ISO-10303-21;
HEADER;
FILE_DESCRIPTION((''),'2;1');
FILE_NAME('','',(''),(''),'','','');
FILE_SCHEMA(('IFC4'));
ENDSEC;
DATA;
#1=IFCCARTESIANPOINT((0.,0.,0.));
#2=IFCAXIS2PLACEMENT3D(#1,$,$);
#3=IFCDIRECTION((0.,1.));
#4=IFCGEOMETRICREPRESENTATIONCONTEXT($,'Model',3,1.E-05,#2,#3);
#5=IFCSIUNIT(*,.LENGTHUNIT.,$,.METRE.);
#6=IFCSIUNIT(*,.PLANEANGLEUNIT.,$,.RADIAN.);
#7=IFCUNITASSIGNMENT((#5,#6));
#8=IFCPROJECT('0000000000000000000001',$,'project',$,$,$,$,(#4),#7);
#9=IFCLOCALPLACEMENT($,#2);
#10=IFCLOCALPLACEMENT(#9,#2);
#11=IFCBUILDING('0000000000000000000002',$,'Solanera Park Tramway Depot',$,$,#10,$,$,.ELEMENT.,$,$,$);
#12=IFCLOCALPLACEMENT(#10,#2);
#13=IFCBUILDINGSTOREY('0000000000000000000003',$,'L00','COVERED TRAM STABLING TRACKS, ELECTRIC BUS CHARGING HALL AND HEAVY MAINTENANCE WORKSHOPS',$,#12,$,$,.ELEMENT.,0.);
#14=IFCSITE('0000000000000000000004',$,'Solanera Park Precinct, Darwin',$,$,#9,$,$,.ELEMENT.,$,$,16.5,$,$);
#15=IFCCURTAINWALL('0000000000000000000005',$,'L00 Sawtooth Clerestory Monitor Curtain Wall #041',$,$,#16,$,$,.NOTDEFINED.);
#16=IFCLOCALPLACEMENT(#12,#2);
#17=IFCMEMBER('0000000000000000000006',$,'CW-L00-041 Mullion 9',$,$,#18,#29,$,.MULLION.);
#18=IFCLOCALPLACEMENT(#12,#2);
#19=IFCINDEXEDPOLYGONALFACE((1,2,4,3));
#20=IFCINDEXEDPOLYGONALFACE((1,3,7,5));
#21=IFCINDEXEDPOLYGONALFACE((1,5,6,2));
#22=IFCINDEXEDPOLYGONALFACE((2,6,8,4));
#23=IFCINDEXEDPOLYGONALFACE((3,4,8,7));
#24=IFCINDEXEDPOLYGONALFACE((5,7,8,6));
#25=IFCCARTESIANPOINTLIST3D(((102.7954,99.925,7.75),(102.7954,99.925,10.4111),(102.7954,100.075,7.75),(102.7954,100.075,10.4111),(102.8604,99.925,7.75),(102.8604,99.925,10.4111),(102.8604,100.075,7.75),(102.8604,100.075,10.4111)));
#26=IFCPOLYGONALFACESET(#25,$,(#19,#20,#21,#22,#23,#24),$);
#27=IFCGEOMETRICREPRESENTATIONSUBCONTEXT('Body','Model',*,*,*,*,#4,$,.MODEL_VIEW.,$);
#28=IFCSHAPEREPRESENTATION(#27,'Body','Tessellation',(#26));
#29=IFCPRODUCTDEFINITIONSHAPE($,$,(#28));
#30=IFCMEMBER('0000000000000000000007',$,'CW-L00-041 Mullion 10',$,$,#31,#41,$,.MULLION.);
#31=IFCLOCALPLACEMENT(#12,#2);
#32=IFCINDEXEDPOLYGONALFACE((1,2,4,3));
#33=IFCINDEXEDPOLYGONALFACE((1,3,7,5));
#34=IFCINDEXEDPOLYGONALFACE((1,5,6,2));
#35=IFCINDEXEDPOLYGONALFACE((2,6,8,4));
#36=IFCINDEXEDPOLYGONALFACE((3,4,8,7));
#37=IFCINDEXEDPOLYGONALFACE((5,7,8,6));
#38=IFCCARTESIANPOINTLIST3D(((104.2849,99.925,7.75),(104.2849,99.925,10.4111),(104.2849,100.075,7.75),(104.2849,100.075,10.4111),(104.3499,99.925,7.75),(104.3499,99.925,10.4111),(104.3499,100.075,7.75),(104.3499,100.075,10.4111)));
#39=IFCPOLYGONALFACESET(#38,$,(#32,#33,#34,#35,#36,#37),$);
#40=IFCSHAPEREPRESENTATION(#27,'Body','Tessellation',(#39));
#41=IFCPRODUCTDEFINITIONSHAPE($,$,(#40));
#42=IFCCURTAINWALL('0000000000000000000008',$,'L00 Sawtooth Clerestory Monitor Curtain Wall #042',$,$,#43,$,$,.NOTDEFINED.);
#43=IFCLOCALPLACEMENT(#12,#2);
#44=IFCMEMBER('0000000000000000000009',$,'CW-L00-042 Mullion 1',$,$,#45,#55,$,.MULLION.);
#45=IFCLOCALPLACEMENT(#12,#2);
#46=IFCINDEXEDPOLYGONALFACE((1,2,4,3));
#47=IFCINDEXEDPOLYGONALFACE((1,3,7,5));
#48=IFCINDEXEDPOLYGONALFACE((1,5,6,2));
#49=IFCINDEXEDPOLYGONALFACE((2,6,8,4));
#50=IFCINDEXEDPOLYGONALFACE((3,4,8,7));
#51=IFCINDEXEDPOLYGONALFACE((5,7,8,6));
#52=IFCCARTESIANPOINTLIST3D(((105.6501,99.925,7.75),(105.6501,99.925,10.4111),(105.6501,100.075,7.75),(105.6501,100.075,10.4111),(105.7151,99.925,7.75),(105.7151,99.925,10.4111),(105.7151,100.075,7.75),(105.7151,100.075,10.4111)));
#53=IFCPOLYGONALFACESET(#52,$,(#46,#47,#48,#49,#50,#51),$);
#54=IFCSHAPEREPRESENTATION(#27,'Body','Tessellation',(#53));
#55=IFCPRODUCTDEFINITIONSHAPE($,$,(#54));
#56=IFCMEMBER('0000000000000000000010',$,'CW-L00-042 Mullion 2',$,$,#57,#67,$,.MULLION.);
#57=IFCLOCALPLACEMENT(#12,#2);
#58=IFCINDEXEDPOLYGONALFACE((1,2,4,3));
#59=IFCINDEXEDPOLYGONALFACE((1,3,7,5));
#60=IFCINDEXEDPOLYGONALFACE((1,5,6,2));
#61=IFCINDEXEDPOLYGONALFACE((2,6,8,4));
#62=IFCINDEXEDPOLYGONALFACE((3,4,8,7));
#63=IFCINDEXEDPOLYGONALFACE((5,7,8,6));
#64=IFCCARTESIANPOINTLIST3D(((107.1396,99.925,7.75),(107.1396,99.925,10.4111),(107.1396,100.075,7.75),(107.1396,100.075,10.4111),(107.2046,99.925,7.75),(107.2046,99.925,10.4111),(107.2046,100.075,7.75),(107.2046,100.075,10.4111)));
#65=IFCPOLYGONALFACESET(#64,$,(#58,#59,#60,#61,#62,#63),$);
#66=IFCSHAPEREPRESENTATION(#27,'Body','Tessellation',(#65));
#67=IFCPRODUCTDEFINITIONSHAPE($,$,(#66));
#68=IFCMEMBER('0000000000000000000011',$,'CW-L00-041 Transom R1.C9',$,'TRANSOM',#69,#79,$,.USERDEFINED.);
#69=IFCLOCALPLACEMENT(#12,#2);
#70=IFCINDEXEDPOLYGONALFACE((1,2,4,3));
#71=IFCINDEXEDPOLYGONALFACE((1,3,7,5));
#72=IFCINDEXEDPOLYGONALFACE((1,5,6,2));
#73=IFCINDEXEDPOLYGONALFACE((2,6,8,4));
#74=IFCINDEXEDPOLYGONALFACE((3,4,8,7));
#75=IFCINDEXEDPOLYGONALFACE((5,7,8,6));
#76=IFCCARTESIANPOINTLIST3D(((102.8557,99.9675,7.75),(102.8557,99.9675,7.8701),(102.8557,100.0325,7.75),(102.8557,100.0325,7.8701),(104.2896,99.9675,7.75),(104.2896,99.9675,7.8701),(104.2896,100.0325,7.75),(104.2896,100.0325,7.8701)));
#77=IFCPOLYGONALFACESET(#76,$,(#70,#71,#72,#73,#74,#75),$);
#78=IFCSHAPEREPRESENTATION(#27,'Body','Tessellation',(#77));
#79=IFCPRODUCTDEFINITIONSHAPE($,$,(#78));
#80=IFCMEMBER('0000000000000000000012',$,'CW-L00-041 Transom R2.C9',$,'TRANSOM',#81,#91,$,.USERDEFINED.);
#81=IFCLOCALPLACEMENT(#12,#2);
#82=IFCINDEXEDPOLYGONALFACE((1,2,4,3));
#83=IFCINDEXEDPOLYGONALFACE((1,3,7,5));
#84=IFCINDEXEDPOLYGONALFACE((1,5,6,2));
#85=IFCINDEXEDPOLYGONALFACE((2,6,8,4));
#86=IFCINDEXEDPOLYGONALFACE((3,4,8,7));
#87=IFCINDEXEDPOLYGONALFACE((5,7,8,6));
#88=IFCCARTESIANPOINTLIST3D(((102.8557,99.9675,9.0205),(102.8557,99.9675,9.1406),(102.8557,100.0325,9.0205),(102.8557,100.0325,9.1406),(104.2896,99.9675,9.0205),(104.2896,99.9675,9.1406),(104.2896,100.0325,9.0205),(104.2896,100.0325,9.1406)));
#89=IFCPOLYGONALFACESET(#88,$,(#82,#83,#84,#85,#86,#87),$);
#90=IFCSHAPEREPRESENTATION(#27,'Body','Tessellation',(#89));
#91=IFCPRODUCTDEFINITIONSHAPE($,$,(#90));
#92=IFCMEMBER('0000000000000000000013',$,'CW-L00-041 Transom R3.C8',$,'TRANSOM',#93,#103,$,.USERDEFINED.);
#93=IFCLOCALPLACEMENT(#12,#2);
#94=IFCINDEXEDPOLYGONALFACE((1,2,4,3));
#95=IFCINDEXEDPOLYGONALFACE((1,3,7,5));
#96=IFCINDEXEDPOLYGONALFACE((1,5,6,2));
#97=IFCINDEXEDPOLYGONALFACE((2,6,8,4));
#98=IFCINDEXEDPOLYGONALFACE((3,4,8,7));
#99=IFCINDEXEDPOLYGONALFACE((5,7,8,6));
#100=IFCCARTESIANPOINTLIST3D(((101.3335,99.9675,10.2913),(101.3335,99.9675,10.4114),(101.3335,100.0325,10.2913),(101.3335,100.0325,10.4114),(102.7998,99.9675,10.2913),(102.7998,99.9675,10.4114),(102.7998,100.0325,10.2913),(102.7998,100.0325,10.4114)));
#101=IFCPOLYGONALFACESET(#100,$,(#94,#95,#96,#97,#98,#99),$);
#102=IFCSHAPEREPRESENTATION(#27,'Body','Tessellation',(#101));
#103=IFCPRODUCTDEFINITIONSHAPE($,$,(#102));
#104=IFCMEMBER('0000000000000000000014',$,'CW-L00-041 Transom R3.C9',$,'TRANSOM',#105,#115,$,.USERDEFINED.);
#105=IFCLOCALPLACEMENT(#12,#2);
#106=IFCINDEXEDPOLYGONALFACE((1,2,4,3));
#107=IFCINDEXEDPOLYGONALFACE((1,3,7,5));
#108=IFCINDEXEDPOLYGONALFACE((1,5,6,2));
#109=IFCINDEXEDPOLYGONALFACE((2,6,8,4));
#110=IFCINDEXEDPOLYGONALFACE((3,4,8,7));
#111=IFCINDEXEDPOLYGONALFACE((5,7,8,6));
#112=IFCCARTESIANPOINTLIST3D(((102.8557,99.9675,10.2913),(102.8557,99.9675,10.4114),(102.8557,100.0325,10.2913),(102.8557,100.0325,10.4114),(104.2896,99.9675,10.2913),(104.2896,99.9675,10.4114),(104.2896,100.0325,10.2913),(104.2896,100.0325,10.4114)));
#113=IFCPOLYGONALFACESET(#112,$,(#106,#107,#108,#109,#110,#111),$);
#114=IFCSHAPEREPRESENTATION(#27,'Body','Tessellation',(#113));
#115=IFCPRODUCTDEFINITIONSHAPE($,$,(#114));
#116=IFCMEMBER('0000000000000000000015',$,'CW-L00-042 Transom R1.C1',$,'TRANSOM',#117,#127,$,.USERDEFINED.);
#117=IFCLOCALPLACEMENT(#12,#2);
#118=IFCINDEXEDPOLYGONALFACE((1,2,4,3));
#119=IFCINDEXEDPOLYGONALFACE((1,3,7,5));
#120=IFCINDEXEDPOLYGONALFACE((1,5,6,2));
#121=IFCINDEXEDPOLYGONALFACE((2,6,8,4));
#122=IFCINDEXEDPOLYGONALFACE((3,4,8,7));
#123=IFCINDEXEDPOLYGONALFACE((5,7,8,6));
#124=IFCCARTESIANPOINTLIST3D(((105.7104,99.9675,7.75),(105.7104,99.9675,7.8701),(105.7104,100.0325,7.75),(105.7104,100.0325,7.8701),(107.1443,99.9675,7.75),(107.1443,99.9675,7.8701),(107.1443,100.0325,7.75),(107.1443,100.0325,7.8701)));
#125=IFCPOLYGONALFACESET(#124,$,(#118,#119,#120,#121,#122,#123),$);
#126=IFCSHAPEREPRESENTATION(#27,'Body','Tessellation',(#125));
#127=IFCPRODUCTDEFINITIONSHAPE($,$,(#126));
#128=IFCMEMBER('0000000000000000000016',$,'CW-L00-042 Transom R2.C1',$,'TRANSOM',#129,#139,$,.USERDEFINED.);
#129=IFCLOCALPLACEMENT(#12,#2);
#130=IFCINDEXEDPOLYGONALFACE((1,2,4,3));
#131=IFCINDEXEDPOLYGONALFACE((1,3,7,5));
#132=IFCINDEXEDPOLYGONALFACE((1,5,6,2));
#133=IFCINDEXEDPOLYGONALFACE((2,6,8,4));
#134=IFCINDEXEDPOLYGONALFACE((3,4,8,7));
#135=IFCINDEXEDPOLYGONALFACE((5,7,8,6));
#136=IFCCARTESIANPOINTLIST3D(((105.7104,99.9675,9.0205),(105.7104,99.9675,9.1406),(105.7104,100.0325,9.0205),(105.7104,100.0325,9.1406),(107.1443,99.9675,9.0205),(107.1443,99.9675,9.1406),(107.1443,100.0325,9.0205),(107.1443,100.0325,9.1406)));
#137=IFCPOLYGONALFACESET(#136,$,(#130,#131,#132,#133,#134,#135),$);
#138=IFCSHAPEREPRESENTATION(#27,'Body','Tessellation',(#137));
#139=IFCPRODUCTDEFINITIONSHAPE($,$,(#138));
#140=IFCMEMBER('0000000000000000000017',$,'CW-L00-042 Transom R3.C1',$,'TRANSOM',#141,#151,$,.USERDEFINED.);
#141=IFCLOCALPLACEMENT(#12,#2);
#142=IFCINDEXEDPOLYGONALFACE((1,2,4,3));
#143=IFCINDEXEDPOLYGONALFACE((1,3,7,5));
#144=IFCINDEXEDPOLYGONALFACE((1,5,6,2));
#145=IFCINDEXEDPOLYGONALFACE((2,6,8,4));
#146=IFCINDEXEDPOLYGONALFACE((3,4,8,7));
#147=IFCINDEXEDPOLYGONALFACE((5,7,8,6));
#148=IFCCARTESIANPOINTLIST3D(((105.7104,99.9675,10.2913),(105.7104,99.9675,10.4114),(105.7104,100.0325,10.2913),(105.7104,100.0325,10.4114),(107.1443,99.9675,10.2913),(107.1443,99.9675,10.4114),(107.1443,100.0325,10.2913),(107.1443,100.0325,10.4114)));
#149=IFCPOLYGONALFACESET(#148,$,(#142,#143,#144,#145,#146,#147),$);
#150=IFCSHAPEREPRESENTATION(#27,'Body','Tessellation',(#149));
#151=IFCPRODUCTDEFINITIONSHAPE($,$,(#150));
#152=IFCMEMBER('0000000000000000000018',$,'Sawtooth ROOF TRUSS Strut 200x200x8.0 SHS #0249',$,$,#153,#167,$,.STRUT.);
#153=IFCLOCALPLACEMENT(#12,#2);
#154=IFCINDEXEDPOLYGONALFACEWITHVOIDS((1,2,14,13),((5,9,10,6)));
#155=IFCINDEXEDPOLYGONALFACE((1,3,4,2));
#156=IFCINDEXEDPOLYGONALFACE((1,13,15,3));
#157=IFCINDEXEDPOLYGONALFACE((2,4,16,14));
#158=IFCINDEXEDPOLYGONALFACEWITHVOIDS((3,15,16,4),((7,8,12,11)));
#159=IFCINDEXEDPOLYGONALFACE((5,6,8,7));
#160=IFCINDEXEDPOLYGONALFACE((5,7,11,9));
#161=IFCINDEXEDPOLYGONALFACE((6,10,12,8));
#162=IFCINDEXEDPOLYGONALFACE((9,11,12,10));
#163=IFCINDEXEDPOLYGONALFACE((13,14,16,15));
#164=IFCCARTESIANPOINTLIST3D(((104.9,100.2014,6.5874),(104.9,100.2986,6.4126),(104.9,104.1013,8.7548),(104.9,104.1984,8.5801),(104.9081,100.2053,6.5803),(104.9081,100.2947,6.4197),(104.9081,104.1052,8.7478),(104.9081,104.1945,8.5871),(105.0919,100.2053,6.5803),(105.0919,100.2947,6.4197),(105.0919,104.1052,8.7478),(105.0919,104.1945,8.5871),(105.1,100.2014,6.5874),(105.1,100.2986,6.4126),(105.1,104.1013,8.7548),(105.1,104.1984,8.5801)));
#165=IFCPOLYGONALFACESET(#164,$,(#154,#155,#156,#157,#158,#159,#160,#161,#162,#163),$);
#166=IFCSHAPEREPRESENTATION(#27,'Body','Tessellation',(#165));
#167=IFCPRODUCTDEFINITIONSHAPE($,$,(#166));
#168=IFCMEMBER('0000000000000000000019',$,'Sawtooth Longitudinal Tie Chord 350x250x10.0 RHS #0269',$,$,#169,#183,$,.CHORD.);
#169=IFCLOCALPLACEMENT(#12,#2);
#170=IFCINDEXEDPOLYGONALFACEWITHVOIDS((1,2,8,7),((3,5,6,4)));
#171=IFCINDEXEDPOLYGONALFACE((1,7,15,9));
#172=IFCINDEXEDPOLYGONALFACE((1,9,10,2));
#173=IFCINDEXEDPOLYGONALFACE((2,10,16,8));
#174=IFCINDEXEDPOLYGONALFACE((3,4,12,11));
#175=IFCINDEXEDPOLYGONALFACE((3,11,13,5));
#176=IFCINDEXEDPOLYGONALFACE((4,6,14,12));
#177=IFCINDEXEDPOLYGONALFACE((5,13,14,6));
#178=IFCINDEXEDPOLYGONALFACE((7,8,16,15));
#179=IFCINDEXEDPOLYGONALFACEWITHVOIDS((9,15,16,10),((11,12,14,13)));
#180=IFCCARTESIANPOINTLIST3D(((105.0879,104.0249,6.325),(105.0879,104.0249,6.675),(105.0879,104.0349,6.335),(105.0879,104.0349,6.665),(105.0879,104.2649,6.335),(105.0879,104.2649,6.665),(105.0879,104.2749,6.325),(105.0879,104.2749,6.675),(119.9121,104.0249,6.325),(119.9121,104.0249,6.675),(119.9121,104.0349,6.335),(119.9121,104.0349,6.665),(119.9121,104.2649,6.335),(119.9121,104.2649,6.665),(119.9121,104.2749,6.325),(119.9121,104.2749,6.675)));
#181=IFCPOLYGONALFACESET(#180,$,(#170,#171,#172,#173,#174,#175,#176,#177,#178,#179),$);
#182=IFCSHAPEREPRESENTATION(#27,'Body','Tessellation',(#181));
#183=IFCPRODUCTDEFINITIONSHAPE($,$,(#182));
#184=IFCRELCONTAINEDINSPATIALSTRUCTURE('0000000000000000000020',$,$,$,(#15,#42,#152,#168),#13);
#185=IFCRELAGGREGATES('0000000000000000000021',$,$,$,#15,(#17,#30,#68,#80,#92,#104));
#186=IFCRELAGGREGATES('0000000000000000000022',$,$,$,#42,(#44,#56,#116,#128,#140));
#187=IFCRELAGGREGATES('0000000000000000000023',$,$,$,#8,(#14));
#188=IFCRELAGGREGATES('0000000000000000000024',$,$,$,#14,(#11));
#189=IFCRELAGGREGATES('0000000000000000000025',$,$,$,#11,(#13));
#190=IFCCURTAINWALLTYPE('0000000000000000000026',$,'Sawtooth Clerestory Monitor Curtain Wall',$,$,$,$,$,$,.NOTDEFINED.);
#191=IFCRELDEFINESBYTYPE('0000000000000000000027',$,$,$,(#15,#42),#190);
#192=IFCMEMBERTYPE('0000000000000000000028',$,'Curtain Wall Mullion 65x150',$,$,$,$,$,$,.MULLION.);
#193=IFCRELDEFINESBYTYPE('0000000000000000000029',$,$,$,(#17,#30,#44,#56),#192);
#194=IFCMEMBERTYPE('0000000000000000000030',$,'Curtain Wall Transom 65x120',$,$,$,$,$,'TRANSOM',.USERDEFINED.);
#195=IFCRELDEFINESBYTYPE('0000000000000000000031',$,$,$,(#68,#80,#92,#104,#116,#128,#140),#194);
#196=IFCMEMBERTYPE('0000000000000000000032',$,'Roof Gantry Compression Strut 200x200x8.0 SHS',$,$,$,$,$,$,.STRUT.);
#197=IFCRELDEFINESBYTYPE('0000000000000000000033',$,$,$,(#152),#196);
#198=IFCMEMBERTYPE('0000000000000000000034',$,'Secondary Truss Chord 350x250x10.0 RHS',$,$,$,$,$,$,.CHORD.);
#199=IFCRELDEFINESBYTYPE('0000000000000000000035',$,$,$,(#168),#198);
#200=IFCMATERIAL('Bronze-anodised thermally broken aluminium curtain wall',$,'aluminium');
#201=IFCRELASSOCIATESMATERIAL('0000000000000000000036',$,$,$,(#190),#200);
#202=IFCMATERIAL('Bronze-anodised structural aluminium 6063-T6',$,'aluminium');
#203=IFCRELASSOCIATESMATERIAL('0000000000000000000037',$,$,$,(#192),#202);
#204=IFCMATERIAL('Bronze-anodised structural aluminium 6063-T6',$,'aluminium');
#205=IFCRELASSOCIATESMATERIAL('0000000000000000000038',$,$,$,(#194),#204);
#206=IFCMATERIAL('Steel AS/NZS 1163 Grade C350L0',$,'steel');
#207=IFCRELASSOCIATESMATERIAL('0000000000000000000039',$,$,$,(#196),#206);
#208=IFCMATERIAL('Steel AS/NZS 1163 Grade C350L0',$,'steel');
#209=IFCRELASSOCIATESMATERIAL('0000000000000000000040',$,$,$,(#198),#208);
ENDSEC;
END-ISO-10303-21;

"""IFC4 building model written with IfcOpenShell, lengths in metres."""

from ifc_helpers import new_model, si_unit, direction, frame, origin, origin_2d, place, context, subcontext, project, spatial, rectangle, hollow_rectangle, extrude, material, material_profile, profile_set, type_object, element, aggregate, save


model = new_model("IFC4")

# Units and contexts
model_context = context("Model", 3, precision=1e-05, world=origin(), true_north=direction((0.0, 1.0)))
body_context = subcontext(model_context, "Body", "Model", "MODEL_VIEW")
ifc_project = project(units=[si_unit("LENGTHUNIT", "METRE"), si_unit("PLANEANGLEUNIT", "RADIAN")], contexts=[model_context])

# Site, building, storey
site_placement = place(None, origin())
site = spatial("IfcSite", under=ifc_project, at=site_placement, Name="Solanera Park Precinct, Darwin", CompositionType="ELEMENT", RefElevation=16.5)
building_placement = place(site_placement, origin())
building = spatial("IfcBuilding", under=site, at=building_placement, Name="Solanera Park Tramway Depot", CompositionType="ELEMENT")
storey_placement = place(building_placement, origin())
storey = spatial("IfcBuildingStorey", under=building, at=storey_placement, Name="L00", Description="COVERED TRAM STABLING TRACKS, ELECTRIC BUS CHARGING HALL AND HEAVY MAINTENANCE WORKSHOPS", CompositionType="ELEMENT", Elevation=0.0)

# Curtain walls, members
ifc_material_1 = material(Name="Bronze-anodised thermally broken aluminium curtain wall", Category="aluminium")
curtain_wall_type = type_object("IfcCurtainWallType", Name="Sawtooth Clerestory Monitor Curtain Wall", PredefinedType="NOTDEFINED", material=ifc_material_1)
curtain_wall_1_placement = place(storey_placement, origin())
curtain_wall_1 = element("IfcCurtainWall", 1, at=curtain_wall_1_placement, inside=storey, type_object=curtain_wall_type, Name="L00 Sawtooth Clerestory Monitor Curtain Wall #041", PredefinedType="NOTDEFINED")
ifc_material_2 = material(Name="Bronze-anodised structural aluminium 6063-T6", Category="aluminium")
ifc_material_profile_1 = material_profile(ifc_material_2, rectangle(XDim=0.0649, YDim=0.1499, at=origin_2d()), Name="Curtain Wall Mullion 65x150")
ifc_profile_set_1 = profile_set([ifc_material_profile_1], Name="Bronze-anodised structural aluminium 6063-T6")
member_type_1 = type_object("IfcMemberType", Name="Curtain Wall Mullion 65x150", PredefinedType="MULLION", material=ifc_profile_set_1)
member_1_placement = place(storey_placement, frame((102.8279, 100.0, 7.75), z_axis=(0.0, 0.0, 1.0), x_axis=(1.0, 0.0, 0.0)))
member_1 = element("IfcMember", 2, at=member_1_placement, type_object=member_type_1, Name="CW-L00-041 Mullion 9", PredefinedType="MULLION", context=body_context, shape_type="SweptSolid", body=[
    extrude(rectangle(XDim=0.0649, YDim=0.1499, at=origin_2d()), origin(), (0.0, 0.0, 1.0), 2.6611),
])
member_2_placement = place(storey_placement, frame((104.3174, 100.0, 7.75), z_axis=(0.0, 0.0, 1.0), x_axis=(1.0, 0.0, 0.0)))
member_2 = element("IfcMember", 3, at=member_2_placement, type_object=member_type_1, Name="CW-L00-041 Mullion 10", PredefinedType="MULLION", context=body_context, shape_type="SweptSolid", body=[
    extrude(rectangle(XDim=0.0649, YDim=0.1499, at=origin_2d()), origin(), (0.0, 0.0, 1.0), 2.6611),
])
curtain_wall_2_placement = place(storey_placement, origin())
curtain_wall_2 = element("IfcCurtainWall", 4, at=curtain_wall_2_placement, inside=storey, type_object=curtain_wall_type, Name="L00 Sawtooth Clerestory Monitor Curtain Wall #042", PredefinedType="NOTDEFINED")
member_3_placement = place(storey_placement, frame((105.6826, 100.0, 7.75), z_axis=(0.0, 0.0, 1.0), x_axis=(1.0, 0.0, 0.0)))
member_3 = element("IfcMember", 5, at=member_3_placement, type_object=member_type_1, Name="CW-L00-042 Mullion 1", PredefinedType="MULLION", context=body_context, shape_type="SweptSolid", body=[
    extrude(rectangle(XDim=0.0649, YDim=0.1499, at=origin_2d()), origin(), (0.0, 0.0, 1.0), 2.6611),
])
member_4_placement = place(storey_placement, frame((107.1721, 100.0, 7.75), z_axis=(0.0, 0.0, 1.0), x_axis=(1.0, 0.0, 0.0)))
member_4 = element("IfcMember", 6, at=member_4_placement, type_object=member_type_1, Name="CW-L00-042 Mullion 2", PredefinedType="MULLION", context=body_context, shape_type="SweptSolid", body=[
    extrude(rectangle(XDim=0.0649, YDim=0.1499, at=origin_2d()), origin(), (0.0, 0.0, 1.0), 2.6611),
])

# Members
ifc_material_3 = material(Name="Bronze-anodised structural aluminium 6063-T6", Category="aluminium")
ifc_material_profile_2 = material_profile(ifc_material_3, rectangle(XDim=0.0649, YDim=0.1201, at=origin_2d()), Name="Curtain Wall Transom 65x120")
ifc_profile_set_2 = profile_set([ifc_material_profile_2], Name="Bronze-anodised structural aluminium 6063-T6")
member_type_2 = type_object("IfcMemberType", Name="Curtain Wall Transom 65x120", ElementType="TRANSOM", PredefinedType="USERDEFINED", material=ifc_profile_set_2)
member_5_placement = place(storey_placement, frame((102.8557, 100.0, 7.8101), z_axis=(1.0, 0.0, 0.0), x_axis=(0.0, 1.0, 0.0)))
member_5 = element("IfcMember", 7, at=member_5_placement, type_object=member_type_2, Name="CW-L00-041 Transom R1.C9", ObjectType="TRANSOM", PredefinedType="USERDEFINED", context=body_context, shape_type="SweptSolid", body=[
    extrude(rectangle(XDim=0.0649, YDim=0.1201, at=origin_2d()), origin(), (0.0, 0.0, 1.0), 1.4338),
])
member_6_placement = place(storey_placement, frame((102.8557, 100.0, 9.0806), z_axis=(1.0, 0.0, 0.0), x_axis=(0.0, 1.0, 0.0)))
member_6 = element("IfcMember", 8, at=member_6_placement, type_object=member_type_2, Name="CW-L00-041 Transom R2.C9", ObjectType="TRANSOM", PredefinedType="USERDEFINED", context=body_context, shape_type="SweptSolid", body=[
    extrude(rectangle(XDim=0.0649, YDim=0.1201, at=origin_2d()), origin(), (0.0, 0.0, 1.0), 1.4338),
])
member_7_placement = place(storey_placement, frame((101.3335, 100.0, 10.3513), z_axis=(1.0, 0.0, 0.0), x_axis=(0.0, 1.0, 0.0)))
member_7 = element("IfcMember", 9, at=member_7_placement, type_object=member_type_2, Name="CW-L00-041 Transom R3.C8", ObjectType="TRANSOM", PredefinedType="USERDEFINED", context=body_context, shape_type="SweptSolid", body=[
    extrude(rectangle(XDim=0.0649, YDim=0.1201, at=origin_2d()), origin(), (0.0, 0.0, 1.0), 1.4663),
])
member_8_placement = place(storey_placement, frame((102.8557, 100.0, 10.3513), z_axis=(1.0, 0.0, 0.0), x_axis=(0.0, 1.0, 0.0)))
member_8 = element("IfcMember", 10, at=member_8_placement, type_object=member_type_2, Name="CW-L00-041 Transom R3.C9", ObjectType="TRANSOM", PredefinedType="USERDEFINED", context=body_context, shape_type="SweptSolid", body=[
    extrude(rectangle(XDim=0.0649, YDim=0.1201, at=origin_2d()), origin(), (0.0, 0.0, 1.0), 1.4338),
])
member_9_placement = place(storey_placement, frame((105.7104, 100.0, 7.8101), z_axis=(1.0, 0.0, 0.0), x_axis=(0.0, 1.0, 0.0)))
member_9 = element("IfcMember", 11, at=member_9_placement, type_object=member_type_2, Name="CW-L00-042 Transom R1.C1", ObjectType="TRANSOM", PredefinedType="USERDEFINED", context=body_context, shape_type="SweptSolid", body=[
    extrude(rectangle(XDim=0.0649, YDim=0.1201, at=origin_2d()), origin(), (0.0, 0.0, 1.0), 1.4338),
])
member_10_placement = place(storey_placement, frame((105.7104, 100.0, 9.0806), z_axis=(1.0, 0.0, 0.0), x_axis=(0.0, 1.0, 0.0)))
member_10 = element("IfcMember", 12, at=member_10_placement, type_object=member_type_2, Name="CW-L00-042 Transom R2.C1", ObjectType="TRANSOM", PredefinedType="USERDEFINED", context=body_context, shape_type="SweptSolid", body=[
    extrude(rectangle(XDim=0.0649, YDim=0.1201, at=origin_2d()), origin(), (0.0, 0.0, 1.0), 1.4338),
])
member_11_placement = place(storey_placement, frame((105.7104, 100.0, 10.3513), z_axis=(1.0, 0.0, 0.0), x_axis=(0.0, 1.0, 0.0)))
member_11 = element("IfcMember", 13, at=member_11_placement, type_object=member_type_2, Name="CW-L00-042 Transom R3.C1", ObjectType="TRANSOM", PredefinedType="USERDEFINED", context=body_context, shape_type="SweptSolid", body=[
    extrude(rectangle(XDim=0.0649, YDim=0.1201, at=origin_2d()), origin(), (0.0, 0.0, 1.0), 1.4338),
])

# Members
ifc_material_4 = material(Name="Steel AS/NZS 1163 Grade C350L0", Category="steel")
ifc_material_profile_3 = material_profile(ifc_material_4, hollow_rectangle(XDim=0.2, YDim=0.2, WallThickness=0.0081, at=origin_2d()), Name="200x200x8.0 SHS")
ifc_profile_set_3 = profile_set([ifc_material_profile_3], Name="Steel AS/NZS 1163 Grade C350L0")
member_type_3 = type_object("IfcMemberType", Name="Roof Gantry Compression Strut 200x200x8.0 SHS", PredefinedType="STRUT", material=ifc_profile_set_3)
member_12_placement = place(storey_placement, frame((105.0, 100.25, 6.5), z_axis=(0.0, 0.874075, 0.485792), x_axis=(-1.0, 0.0, 0.0)))
element("IfcMember", 14, at=member_12_placement, inside=storey, type_object=member_type_3, Name="Sawtooth ROOF TRUSS Strut 200x200x8.0 SHS #0249", PredefinedType="STRUT", context=body_context, shape_type="SweptSolid", body=[
    extrude(hollow_rectangle(XDim=0.2, YDim=0.2, WallThickness=0.0081, at=origin_2d()), origin(), (0.0, 0.0, 1.0), 4.4617),
])
ifc_material_5 = material(Name="Steel AS/NZS 1163 Grade C350L0", Category="steel")
ifc_material_profile_4 = material_profile(ifc_material_5, hollow_rectangle(XDim=0.25, YDim=0.3501, WallThickness=0.01, at=origin_2d()), Name="350x250x10.0 RHS")
ifc_profile_set_4 = profile_set([ifc_material_profile_4], Name="Steel AS/NZS 1163 Grade C350L0")
member_type_4 = type_object("IfcMemberType", Name="Secondary Truss Chord 350x250x10.0 RHS", PredefinedType="CHORD", material=ifc_profile_set_4)
member_13_placement = place(storey_placement, frame((105.0879, 104.1499, 6.5), z_axis=(1.0, 0.0, 0.0), x_axis=(0.0, 1.0, 0.0)))
element("IfcMember", 15, at=member_13_placement, inside=storey, type_object=member_type_4, Name="Sawtooth Longitudinal Tie Chord 350x250x10.0 RHS #0269", PredefinedType="CHORD", context=body_context, shape_type="SweptSolid", body=[
    extrude(hollow_rectangle(XDim=0.25, YDim=0.3501, WallThickness=0.01, at=origin_2d()), origin(), (0.0, 0.0, 1.0), 14.8242),
])

aggregate(curtain_wall_1, [member_1, member_2, member_5, member_6, member_7, member_8])
aggregate(curtain_wall_2, [member_3, member_4, member_9, member_10, member_11])

save(model, "model.ifc")
